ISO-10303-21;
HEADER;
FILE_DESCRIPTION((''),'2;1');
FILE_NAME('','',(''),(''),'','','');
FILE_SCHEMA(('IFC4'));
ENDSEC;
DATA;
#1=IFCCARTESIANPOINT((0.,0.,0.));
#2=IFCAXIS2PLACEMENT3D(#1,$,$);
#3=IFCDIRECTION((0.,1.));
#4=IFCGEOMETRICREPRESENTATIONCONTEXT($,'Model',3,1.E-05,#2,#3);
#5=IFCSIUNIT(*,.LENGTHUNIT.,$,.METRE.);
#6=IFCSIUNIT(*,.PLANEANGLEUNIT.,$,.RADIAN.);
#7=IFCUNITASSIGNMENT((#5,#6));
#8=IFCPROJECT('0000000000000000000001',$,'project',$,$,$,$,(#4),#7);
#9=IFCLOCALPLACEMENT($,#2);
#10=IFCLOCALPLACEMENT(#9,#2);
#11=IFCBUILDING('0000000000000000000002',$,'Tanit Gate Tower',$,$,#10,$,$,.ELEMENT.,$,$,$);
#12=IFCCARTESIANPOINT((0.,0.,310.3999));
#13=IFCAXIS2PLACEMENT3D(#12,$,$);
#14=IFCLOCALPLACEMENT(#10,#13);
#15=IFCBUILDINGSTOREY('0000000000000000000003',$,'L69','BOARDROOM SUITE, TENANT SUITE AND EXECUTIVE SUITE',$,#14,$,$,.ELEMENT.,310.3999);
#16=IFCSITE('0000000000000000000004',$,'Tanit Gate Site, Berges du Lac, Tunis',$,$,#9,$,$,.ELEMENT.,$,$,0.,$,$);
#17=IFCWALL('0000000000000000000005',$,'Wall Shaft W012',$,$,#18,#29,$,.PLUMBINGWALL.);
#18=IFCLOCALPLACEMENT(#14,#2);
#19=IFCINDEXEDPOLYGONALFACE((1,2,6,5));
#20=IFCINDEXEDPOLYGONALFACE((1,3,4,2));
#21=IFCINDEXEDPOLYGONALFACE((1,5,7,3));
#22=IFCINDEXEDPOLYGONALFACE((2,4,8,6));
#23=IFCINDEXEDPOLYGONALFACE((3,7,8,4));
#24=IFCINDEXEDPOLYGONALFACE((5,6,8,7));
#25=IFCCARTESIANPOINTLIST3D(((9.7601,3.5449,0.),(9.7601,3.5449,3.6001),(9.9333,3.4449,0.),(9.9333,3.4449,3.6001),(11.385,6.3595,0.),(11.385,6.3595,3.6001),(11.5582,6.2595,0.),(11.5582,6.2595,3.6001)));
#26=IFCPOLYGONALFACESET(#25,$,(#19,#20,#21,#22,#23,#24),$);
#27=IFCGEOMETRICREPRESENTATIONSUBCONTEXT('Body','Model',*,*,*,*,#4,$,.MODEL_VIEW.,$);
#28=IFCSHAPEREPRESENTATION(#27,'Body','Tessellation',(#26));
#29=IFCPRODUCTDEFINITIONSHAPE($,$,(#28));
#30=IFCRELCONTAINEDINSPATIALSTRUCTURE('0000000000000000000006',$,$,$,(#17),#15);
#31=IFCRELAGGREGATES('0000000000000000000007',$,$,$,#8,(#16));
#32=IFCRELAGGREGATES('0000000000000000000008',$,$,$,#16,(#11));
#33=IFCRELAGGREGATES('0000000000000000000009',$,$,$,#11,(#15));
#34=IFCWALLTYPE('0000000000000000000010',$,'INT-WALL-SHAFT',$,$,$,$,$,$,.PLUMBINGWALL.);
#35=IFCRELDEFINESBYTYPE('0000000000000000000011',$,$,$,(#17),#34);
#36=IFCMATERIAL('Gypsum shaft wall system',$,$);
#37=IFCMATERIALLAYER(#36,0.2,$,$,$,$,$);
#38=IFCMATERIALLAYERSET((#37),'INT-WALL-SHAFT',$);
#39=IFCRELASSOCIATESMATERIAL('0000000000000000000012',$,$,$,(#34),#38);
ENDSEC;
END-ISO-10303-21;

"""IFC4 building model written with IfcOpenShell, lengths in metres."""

from ifc_helpers import new_model, si_unit, direction, frame, frame_2d, origin, place, context, subcontext, project, spatial, rectangle, extrude, material, layer, layer_set, type_object, element, save


model = new_model("IFC4")

# Units and contexts
model_context = context("Model", 3, precision=1e-05, world=origin(), true_north=direction((0.0, 1.0)))
body_context = subcontext(model_context, "Body", "Model", "MODEL_VIEW")
ifc_project = project(units=[si_unit("LENGTHUNIT", "METRE"), si_unit("PLANEANGLEUNIT", "RADIAN")], contexts=[model_context])

# Site, building, storey
site_placement = place(None, origin())
site = spatial("IfcSite", under=ifc_project, at=site_placement, Name="Tanit Gate Site, Berges du Lac, Tunis", CompositionType="ELEMENT", RefElevation=0.0)
building_placement = place(site_placement, origin())
building = spatial("IfcBuilding", under=site, at=building_placement, Name="Tanit Gate Tower", CompositionType="ELEMENT")
storey_placement = place(building_placement, frame((0.0, 0.0, 310.3999)))
storey = spatial("IfcBuildingStorey", under=building, at=storey_placement, Name="L69", Description="BOARDROOM SUITE, TENANT SUITE AND EXECUTIVE SUITE", CompositionType="ELEMENT", Elevation=310.3999)

# Wall
ifc_material_1 = material(Name="Gypsum shaft wall system")
ifc_layer_1 = layer(ifc_material_1, 0.2)
ifc_layer_set_1 = layer_set([ifc_layer_1], Name="INT-WALL-SHAFT")
wall_type_1 = type_object("IfcWallType", Name="INT-WALL-SHAFT", PredefinedType="PLUMBINGWALL", material=ifc_layer_set_1)
wall_1_placement = place(storey_placement, frame((9.8467, 3.4949, 0.0), z_axis=(0.0, 0.0, 1.0), x_axis=(0.499985, 0.866034, 0.0)))
element("IfcWall", 1, at=wall_1_placement, inside=storey, type_object=wall_type_1, Name="Wall Shaft W012", PredefinedType="PLUMBINGWALL", context=body_context, shape_type="SweptSolid", body=[
    extrude(rectangle(XDim=3.25, YDim=0.2, at=frame_2d((1.625, 0.0))), origin(), (0.0, 0.0, 1.0), 3.6001),
])

save(model, "model.ifc")
